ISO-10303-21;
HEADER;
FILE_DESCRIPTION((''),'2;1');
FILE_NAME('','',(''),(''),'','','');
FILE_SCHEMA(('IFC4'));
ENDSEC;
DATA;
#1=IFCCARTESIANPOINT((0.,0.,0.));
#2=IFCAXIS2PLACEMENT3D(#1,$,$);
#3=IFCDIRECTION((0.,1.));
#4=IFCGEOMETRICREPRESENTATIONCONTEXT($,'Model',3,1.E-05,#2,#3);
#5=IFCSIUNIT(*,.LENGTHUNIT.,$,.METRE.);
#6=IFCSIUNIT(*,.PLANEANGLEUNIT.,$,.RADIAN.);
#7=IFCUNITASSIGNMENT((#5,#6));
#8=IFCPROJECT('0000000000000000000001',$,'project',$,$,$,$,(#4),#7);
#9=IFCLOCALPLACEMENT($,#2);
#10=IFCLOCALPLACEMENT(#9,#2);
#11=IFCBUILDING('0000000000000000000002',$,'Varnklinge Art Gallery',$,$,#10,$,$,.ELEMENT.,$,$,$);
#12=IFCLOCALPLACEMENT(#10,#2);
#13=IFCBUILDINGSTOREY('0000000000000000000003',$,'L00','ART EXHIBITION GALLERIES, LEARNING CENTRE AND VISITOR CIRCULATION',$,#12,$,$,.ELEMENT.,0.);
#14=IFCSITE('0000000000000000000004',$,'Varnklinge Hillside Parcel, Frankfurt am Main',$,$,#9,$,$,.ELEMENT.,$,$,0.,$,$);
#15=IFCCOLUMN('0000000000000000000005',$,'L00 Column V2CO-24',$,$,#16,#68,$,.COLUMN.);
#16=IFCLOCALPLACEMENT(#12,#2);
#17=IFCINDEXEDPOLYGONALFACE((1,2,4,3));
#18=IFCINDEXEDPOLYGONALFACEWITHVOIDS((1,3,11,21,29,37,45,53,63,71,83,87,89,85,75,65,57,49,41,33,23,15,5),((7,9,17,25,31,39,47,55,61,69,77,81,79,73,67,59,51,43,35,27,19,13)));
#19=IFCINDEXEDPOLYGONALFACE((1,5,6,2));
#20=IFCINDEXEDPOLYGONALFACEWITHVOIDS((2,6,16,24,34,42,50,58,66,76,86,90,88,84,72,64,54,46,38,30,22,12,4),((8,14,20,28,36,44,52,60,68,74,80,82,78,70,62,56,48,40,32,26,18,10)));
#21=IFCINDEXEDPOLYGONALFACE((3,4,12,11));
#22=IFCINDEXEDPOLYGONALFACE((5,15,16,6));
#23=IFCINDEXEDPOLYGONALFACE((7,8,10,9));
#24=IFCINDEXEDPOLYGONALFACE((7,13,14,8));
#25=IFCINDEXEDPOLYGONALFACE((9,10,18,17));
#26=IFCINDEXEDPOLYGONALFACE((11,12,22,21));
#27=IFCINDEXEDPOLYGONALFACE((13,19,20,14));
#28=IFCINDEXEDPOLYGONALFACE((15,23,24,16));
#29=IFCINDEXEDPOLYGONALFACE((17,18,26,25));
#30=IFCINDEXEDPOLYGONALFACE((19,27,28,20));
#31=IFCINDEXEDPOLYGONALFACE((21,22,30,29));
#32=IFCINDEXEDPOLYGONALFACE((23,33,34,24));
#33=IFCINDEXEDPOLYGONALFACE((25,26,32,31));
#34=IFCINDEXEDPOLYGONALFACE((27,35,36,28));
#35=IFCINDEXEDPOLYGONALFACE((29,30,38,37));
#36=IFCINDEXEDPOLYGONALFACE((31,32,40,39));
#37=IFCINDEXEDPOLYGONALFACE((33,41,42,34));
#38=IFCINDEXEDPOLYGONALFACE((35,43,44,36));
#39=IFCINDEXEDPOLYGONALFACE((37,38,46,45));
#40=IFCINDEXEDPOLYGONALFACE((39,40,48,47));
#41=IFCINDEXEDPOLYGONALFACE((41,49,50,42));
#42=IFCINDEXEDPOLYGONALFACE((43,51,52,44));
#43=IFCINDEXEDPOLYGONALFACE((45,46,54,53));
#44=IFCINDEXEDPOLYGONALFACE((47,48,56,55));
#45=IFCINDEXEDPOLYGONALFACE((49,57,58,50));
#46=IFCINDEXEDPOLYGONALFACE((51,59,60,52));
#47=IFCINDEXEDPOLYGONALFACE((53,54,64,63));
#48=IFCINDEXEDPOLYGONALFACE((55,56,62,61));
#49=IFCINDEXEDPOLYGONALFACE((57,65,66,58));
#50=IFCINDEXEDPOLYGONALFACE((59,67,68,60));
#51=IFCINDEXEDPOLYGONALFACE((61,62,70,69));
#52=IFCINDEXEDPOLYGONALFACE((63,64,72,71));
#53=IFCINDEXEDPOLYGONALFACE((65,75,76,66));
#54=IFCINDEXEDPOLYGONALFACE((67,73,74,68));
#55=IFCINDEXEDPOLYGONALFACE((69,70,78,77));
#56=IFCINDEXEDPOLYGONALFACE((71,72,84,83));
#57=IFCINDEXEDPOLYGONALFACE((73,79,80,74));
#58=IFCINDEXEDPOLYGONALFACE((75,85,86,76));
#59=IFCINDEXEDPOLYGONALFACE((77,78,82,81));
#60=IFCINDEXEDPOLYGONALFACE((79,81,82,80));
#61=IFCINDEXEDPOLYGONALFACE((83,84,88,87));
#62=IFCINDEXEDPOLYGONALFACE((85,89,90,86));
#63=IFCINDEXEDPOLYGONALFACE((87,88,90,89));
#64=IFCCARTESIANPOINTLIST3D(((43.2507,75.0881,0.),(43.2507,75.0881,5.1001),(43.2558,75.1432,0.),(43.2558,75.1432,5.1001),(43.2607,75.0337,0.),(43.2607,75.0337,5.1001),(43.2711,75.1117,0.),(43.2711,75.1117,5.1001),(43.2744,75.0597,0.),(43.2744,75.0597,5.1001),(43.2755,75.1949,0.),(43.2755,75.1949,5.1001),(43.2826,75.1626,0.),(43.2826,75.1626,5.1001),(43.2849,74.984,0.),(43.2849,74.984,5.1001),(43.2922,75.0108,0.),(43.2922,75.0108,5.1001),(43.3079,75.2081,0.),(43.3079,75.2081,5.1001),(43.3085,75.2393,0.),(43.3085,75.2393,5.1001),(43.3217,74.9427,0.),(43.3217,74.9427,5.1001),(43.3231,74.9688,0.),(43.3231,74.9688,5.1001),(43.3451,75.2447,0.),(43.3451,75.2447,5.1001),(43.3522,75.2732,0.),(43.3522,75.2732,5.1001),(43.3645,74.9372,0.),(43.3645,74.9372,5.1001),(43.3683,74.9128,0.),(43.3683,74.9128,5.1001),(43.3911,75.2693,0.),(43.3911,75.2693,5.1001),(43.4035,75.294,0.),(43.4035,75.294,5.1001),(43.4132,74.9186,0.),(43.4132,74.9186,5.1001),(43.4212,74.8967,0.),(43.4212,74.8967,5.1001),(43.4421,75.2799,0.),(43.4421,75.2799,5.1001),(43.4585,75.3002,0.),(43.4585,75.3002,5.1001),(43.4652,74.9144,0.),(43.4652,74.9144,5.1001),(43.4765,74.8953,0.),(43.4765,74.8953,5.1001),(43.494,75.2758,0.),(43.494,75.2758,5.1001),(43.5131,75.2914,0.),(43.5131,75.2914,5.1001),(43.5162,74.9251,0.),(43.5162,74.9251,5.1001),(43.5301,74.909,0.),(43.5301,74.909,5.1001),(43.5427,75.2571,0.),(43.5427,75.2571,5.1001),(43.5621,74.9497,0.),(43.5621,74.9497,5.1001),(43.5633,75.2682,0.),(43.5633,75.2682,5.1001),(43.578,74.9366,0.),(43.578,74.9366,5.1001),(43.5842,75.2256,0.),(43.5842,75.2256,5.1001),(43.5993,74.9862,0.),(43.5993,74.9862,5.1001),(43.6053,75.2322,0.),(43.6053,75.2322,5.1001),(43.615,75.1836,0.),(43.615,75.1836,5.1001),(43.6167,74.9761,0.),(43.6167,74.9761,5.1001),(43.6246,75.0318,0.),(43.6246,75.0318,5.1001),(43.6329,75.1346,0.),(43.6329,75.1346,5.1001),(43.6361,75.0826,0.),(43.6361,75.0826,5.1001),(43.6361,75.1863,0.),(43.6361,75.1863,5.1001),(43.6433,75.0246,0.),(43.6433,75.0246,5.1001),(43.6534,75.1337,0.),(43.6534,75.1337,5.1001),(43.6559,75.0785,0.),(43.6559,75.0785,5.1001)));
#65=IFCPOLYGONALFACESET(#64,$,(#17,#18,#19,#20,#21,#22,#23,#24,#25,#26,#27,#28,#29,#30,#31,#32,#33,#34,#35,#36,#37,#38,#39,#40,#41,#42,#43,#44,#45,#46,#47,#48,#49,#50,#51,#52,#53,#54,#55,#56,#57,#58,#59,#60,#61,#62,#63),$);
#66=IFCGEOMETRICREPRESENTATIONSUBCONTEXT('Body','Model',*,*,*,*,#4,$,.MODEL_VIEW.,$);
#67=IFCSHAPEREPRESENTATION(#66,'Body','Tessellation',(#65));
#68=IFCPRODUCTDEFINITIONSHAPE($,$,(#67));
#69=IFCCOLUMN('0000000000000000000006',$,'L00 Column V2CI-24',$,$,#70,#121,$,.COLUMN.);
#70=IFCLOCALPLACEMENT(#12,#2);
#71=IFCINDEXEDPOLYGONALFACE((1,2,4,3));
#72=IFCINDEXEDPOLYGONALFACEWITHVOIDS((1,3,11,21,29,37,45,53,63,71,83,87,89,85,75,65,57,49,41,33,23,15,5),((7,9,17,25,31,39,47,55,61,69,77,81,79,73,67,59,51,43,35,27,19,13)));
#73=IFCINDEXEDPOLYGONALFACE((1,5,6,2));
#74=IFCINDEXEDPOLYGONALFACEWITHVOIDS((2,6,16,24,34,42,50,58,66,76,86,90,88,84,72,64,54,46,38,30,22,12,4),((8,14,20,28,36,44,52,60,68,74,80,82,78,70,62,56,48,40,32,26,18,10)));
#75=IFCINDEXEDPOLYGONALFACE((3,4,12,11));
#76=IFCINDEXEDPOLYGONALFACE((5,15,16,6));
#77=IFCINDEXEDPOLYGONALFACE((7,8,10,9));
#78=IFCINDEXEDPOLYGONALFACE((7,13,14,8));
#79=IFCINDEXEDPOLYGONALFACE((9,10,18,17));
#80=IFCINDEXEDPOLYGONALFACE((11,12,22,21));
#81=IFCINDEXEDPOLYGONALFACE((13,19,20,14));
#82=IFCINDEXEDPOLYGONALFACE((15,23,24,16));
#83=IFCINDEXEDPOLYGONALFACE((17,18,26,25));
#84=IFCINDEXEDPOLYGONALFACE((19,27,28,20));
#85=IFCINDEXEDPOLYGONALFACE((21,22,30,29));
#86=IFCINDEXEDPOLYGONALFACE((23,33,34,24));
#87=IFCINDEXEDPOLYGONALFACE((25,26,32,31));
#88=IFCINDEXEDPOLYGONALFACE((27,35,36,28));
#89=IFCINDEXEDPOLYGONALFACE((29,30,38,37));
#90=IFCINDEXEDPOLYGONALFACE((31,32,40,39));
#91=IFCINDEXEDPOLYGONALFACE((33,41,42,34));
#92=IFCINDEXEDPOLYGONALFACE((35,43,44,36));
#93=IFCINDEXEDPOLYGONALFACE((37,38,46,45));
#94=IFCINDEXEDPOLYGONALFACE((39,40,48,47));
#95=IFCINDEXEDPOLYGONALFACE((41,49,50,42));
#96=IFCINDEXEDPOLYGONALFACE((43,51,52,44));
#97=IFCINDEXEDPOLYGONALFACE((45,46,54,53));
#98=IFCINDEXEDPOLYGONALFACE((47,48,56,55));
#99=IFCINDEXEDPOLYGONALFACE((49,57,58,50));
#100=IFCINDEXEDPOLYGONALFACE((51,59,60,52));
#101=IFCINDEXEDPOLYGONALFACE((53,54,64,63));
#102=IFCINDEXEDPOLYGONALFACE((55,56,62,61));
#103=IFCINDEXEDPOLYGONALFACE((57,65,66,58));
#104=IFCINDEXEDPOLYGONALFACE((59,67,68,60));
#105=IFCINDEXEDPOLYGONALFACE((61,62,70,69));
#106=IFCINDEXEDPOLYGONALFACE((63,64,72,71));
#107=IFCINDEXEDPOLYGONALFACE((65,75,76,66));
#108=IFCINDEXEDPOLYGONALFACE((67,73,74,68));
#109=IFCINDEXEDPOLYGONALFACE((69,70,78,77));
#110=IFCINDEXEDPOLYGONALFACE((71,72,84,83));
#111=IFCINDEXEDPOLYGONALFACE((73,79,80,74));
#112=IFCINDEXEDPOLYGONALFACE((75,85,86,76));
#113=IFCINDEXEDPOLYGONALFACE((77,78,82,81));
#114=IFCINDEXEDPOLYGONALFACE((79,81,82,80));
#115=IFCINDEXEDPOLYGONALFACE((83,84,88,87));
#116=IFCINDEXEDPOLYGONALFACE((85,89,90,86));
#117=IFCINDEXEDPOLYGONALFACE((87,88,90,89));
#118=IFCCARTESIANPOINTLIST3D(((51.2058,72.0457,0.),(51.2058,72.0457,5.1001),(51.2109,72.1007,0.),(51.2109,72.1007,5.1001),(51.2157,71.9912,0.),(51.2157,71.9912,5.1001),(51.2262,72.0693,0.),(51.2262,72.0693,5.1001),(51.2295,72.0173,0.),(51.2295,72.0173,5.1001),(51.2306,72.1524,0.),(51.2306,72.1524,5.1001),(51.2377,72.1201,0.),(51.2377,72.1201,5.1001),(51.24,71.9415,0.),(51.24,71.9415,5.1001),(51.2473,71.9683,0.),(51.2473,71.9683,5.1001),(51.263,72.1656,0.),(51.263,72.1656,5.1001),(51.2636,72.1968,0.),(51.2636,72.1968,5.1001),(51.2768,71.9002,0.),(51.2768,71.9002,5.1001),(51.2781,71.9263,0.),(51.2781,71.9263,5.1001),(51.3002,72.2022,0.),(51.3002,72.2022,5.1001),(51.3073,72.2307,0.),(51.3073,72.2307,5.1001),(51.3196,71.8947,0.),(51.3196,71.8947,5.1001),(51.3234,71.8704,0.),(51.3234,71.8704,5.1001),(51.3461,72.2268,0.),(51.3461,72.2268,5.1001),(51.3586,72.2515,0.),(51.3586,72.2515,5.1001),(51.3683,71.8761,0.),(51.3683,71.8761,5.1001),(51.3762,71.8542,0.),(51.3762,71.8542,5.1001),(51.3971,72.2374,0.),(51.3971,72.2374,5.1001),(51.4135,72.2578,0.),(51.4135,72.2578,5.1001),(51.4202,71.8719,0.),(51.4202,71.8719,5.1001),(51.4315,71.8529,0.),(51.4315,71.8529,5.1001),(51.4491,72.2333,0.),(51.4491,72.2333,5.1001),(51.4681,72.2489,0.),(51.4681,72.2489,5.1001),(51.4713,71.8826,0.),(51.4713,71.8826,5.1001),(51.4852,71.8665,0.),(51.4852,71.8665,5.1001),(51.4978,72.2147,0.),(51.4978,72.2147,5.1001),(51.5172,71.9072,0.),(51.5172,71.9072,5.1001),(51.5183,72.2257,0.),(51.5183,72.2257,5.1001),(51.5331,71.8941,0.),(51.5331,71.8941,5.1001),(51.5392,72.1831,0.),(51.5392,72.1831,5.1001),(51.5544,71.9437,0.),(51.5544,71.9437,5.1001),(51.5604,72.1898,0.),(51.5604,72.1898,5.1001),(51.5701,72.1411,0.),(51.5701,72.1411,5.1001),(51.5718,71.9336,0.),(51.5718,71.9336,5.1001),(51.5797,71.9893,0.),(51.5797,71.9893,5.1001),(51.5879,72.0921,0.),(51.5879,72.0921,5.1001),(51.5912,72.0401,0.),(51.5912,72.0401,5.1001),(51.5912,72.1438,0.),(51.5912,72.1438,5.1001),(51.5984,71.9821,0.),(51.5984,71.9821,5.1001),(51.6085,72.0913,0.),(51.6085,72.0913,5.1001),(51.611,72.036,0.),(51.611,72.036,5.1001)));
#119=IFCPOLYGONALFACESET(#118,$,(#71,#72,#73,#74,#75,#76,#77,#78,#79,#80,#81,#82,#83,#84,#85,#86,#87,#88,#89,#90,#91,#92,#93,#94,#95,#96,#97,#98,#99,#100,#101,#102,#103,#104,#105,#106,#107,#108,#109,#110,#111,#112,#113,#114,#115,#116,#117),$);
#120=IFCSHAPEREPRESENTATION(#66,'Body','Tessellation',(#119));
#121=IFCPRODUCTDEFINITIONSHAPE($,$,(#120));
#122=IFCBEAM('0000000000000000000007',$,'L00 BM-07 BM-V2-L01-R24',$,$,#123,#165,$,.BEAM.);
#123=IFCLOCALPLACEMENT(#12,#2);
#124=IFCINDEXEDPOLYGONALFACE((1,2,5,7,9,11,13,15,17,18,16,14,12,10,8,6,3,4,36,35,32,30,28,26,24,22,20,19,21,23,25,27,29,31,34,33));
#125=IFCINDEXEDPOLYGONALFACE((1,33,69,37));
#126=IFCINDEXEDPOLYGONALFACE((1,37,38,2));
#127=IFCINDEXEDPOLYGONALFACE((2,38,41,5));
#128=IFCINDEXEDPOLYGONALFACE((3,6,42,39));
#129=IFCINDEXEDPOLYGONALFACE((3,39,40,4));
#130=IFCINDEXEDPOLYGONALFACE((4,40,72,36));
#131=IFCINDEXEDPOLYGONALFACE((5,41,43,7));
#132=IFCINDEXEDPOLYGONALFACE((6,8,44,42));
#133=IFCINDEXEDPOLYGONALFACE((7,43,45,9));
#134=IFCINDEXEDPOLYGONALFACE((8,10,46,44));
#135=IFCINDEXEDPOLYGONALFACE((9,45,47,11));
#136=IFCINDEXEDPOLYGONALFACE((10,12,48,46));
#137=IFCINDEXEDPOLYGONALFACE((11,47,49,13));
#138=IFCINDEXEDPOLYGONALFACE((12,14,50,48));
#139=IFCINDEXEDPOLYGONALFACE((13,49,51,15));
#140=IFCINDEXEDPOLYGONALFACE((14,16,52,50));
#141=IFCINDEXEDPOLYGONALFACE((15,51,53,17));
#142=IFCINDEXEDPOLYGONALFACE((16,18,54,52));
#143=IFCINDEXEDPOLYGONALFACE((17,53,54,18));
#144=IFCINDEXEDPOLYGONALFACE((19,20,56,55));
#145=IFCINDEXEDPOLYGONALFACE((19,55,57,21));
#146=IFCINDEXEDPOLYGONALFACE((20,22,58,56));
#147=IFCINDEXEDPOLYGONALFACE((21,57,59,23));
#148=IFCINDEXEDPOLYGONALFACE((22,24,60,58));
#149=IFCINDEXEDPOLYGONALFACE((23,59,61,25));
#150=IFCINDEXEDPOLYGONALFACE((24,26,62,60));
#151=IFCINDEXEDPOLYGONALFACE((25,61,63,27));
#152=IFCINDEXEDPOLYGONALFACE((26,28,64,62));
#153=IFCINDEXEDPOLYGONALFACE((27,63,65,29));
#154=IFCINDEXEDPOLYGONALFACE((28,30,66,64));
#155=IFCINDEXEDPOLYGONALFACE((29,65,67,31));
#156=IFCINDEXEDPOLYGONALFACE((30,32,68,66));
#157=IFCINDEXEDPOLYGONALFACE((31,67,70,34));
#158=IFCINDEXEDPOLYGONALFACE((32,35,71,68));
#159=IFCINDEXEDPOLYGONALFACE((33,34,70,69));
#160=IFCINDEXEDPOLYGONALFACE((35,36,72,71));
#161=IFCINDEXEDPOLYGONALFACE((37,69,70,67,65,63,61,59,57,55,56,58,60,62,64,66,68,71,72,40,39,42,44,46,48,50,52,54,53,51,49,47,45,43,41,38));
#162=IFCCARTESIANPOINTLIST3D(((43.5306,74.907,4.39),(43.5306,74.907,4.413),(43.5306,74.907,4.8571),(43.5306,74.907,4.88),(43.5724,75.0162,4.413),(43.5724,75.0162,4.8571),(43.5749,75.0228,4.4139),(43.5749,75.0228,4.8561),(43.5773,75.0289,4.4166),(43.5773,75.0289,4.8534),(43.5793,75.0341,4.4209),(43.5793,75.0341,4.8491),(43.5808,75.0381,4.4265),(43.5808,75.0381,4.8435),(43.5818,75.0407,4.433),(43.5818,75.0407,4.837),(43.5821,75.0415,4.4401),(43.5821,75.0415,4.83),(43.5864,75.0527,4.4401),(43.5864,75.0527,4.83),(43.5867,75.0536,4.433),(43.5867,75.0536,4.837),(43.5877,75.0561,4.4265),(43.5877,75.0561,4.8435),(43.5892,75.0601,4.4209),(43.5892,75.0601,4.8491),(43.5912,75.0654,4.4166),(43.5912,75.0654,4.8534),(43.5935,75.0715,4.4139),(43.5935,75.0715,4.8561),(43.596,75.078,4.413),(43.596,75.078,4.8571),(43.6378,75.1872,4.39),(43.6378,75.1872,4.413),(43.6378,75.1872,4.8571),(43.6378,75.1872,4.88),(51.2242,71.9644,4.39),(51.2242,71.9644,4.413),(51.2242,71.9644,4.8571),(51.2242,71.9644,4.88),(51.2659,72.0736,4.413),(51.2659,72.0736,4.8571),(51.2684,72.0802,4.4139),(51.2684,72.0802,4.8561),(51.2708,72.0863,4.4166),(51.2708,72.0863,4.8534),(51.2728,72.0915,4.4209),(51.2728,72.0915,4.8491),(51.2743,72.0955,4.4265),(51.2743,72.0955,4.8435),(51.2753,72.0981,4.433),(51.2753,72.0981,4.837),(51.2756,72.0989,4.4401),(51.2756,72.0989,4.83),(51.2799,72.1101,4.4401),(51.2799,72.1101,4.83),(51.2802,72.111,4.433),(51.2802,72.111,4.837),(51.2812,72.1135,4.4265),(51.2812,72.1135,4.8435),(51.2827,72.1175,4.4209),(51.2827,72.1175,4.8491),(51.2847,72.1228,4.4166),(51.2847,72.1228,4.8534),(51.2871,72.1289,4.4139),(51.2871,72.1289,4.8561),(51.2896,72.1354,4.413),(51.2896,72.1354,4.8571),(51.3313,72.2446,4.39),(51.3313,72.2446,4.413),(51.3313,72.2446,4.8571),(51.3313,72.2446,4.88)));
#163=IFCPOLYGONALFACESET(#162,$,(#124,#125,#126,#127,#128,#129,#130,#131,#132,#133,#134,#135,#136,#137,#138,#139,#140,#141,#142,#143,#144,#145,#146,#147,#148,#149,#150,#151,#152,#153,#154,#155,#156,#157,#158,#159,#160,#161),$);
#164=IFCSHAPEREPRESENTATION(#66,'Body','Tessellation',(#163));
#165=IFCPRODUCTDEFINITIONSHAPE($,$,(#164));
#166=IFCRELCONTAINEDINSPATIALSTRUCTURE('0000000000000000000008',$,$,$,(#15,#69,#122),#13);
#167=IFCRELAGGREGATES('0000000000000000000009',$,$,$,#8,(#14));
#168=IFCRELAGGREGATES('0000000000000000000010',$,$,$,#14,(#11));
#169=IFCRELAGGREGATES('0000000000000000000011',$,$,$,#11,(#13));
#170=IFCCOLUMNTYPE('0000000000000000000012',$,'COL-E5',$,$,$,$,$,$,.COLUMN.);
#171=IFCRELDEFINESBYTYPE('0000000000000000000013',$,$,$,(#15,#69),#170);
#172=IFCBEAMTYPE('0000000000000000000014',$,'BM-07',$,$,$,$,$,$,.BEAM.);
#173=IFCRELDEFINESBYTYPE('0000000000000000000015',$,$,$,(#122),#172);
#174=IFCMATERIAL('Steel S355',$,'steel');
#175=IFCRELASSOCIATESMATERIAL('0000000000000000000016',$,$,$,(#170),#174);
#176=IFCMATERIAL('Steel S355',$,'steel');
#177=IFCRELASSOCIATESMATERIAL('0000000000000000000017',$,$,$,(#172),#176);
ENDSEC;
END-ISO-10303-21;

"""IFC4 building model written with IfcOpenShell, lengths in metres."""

from ifc_helpers import new_model, si_unit, direction, frame, origin, origin_2d, place, context, subcontext, project, spatial, hollow_circle, i_section, extrude, material, material_profile, profile_set, type_object, element, save


model = new_model("IFC4")

# Units and contexts
model_context = context("Model", 3, precision=1e-05, world=origin(), true_north=direction((0.0, 1.0)))
body_context = subcontext(model_context, "Body", "Model", "MODEL_VIEW")
ifc_project = project(units=[si_unit("LENGTHUNIT", "METRE"), si_unit("PLANEANGLEUNIT", "RADIAN")], contexts=[model_context])

# Site, building, storey
site_placement = place(None, origin())
site = spatial("IfcSite", under=ifc_project, at=site_placement, Name="Varnklinge Hillside Parcel, Frankfurt am Main", CompositionType="ELEMENT", RefElevation=0.0)
building_placement = place(site_placement, origin())
building = spatial("IfcBuilding", under=site, at=building_placement, Name="Varnklinge Art Gallery", CompositionType="ELEMENT")
storey_placement = place(building_placement, origin())
storey = spatial("IfcBuildingStorey", under=building, at=storey_placement, Name="L00", Description="ART EXHIBITION GALLERIES, LEARNING CENTRE AND VISITOR CIRCULATION", CompositionType="ELEMENT", Elevation=0.0)

# Columns
ifc_material_1 = material(Name="Steel S355", Category="steel")
ifc_material_profile_1 = material_profile(ifc_material_1, hollow_circle(Radius=0.2031, WallThickness=0.02, at=origin_2d()), Name="CHS 406.4x20")
ifc_profile_set_1 = profile_set([ifc_material_profile_1], Name="Steel S355")
column_type = type_object("IfcColumnType", Name="COL-E5", PredefinedType="COLUMN", material=ifc_profile_set_1)
for number, where, z_axis, x_axis, name in (
    (1, (43.4536, 75.0972, 0.0), (0.0, 0.0, 1.0), (0.934018, -0.357227, 0.0), "L00 Column V2CO-24"),
    (2, (51.4087, 72.0547, 0.0), (0.0, 0.0, 1.0), (0.934018, -0.357227, 0.0), "L00 Column V2CI-24"),
):
    element("IfcColumn", number, at=place(storey_placement, frame(where, z_axis=z_axis, x_axis=x_axis)), inside=storey, type_object=column_type, Name=name, PredefinedType="COLUMN", context=body_context, shape_type="SweptSolid", body=[
        extrude(hollow_circle(Radius=0.2031, WallThickness=0.02, at=origin_2d()), origin(), (0.0, 0.0, 1.0), 5.1001),
    ])

# Beam
ifc_material_2 = material(Name="Steel S355", Category="steel")
ifc_material_profile_2 = material_profile(ifc_material_2, i_section(OverallWidth=0.3, OverallDepth=0.49, WebThickness=0.012, FlangeThickness=0.0229, FilletRadius=0.0271, at=origin_2d()), Name="HEA 500")
ifc_profile_set_2 = profile_set([ifc_material_profile_2], Name="Steel S355")
beam_type_1 = type_object("IfcBeamType", Name="BM-07", PredefinedType="BEAM", material=ifc_profile_set_2)
beam_1_placement = place(storey_placement, frame((43.5842, 75.0471, 4.635), z_axis=(0.934013, -0.357239, 0.0), x_axis=(0.357239, 0.934013, 0.0)))
element("IfcBeam", 3, at=beam_1_placement, inside=storey, type_object=beam_type_1, Name="L00 BM-07 BM-V2-L01-R24", PredefinedType="BEAM", context=body_context, shape_type="SweptSolid", body=[
    extrude(i_section(OverallWidth=0.3, OverallDepth=0.49, WebThickness=0.012, FlangeThickness=0.0229, FilletRadius=0.0271, at=origin_2d()), origin(), (0.0, 0.0, 1.0), 8.2371),
])

save(model, "model.ifc")
